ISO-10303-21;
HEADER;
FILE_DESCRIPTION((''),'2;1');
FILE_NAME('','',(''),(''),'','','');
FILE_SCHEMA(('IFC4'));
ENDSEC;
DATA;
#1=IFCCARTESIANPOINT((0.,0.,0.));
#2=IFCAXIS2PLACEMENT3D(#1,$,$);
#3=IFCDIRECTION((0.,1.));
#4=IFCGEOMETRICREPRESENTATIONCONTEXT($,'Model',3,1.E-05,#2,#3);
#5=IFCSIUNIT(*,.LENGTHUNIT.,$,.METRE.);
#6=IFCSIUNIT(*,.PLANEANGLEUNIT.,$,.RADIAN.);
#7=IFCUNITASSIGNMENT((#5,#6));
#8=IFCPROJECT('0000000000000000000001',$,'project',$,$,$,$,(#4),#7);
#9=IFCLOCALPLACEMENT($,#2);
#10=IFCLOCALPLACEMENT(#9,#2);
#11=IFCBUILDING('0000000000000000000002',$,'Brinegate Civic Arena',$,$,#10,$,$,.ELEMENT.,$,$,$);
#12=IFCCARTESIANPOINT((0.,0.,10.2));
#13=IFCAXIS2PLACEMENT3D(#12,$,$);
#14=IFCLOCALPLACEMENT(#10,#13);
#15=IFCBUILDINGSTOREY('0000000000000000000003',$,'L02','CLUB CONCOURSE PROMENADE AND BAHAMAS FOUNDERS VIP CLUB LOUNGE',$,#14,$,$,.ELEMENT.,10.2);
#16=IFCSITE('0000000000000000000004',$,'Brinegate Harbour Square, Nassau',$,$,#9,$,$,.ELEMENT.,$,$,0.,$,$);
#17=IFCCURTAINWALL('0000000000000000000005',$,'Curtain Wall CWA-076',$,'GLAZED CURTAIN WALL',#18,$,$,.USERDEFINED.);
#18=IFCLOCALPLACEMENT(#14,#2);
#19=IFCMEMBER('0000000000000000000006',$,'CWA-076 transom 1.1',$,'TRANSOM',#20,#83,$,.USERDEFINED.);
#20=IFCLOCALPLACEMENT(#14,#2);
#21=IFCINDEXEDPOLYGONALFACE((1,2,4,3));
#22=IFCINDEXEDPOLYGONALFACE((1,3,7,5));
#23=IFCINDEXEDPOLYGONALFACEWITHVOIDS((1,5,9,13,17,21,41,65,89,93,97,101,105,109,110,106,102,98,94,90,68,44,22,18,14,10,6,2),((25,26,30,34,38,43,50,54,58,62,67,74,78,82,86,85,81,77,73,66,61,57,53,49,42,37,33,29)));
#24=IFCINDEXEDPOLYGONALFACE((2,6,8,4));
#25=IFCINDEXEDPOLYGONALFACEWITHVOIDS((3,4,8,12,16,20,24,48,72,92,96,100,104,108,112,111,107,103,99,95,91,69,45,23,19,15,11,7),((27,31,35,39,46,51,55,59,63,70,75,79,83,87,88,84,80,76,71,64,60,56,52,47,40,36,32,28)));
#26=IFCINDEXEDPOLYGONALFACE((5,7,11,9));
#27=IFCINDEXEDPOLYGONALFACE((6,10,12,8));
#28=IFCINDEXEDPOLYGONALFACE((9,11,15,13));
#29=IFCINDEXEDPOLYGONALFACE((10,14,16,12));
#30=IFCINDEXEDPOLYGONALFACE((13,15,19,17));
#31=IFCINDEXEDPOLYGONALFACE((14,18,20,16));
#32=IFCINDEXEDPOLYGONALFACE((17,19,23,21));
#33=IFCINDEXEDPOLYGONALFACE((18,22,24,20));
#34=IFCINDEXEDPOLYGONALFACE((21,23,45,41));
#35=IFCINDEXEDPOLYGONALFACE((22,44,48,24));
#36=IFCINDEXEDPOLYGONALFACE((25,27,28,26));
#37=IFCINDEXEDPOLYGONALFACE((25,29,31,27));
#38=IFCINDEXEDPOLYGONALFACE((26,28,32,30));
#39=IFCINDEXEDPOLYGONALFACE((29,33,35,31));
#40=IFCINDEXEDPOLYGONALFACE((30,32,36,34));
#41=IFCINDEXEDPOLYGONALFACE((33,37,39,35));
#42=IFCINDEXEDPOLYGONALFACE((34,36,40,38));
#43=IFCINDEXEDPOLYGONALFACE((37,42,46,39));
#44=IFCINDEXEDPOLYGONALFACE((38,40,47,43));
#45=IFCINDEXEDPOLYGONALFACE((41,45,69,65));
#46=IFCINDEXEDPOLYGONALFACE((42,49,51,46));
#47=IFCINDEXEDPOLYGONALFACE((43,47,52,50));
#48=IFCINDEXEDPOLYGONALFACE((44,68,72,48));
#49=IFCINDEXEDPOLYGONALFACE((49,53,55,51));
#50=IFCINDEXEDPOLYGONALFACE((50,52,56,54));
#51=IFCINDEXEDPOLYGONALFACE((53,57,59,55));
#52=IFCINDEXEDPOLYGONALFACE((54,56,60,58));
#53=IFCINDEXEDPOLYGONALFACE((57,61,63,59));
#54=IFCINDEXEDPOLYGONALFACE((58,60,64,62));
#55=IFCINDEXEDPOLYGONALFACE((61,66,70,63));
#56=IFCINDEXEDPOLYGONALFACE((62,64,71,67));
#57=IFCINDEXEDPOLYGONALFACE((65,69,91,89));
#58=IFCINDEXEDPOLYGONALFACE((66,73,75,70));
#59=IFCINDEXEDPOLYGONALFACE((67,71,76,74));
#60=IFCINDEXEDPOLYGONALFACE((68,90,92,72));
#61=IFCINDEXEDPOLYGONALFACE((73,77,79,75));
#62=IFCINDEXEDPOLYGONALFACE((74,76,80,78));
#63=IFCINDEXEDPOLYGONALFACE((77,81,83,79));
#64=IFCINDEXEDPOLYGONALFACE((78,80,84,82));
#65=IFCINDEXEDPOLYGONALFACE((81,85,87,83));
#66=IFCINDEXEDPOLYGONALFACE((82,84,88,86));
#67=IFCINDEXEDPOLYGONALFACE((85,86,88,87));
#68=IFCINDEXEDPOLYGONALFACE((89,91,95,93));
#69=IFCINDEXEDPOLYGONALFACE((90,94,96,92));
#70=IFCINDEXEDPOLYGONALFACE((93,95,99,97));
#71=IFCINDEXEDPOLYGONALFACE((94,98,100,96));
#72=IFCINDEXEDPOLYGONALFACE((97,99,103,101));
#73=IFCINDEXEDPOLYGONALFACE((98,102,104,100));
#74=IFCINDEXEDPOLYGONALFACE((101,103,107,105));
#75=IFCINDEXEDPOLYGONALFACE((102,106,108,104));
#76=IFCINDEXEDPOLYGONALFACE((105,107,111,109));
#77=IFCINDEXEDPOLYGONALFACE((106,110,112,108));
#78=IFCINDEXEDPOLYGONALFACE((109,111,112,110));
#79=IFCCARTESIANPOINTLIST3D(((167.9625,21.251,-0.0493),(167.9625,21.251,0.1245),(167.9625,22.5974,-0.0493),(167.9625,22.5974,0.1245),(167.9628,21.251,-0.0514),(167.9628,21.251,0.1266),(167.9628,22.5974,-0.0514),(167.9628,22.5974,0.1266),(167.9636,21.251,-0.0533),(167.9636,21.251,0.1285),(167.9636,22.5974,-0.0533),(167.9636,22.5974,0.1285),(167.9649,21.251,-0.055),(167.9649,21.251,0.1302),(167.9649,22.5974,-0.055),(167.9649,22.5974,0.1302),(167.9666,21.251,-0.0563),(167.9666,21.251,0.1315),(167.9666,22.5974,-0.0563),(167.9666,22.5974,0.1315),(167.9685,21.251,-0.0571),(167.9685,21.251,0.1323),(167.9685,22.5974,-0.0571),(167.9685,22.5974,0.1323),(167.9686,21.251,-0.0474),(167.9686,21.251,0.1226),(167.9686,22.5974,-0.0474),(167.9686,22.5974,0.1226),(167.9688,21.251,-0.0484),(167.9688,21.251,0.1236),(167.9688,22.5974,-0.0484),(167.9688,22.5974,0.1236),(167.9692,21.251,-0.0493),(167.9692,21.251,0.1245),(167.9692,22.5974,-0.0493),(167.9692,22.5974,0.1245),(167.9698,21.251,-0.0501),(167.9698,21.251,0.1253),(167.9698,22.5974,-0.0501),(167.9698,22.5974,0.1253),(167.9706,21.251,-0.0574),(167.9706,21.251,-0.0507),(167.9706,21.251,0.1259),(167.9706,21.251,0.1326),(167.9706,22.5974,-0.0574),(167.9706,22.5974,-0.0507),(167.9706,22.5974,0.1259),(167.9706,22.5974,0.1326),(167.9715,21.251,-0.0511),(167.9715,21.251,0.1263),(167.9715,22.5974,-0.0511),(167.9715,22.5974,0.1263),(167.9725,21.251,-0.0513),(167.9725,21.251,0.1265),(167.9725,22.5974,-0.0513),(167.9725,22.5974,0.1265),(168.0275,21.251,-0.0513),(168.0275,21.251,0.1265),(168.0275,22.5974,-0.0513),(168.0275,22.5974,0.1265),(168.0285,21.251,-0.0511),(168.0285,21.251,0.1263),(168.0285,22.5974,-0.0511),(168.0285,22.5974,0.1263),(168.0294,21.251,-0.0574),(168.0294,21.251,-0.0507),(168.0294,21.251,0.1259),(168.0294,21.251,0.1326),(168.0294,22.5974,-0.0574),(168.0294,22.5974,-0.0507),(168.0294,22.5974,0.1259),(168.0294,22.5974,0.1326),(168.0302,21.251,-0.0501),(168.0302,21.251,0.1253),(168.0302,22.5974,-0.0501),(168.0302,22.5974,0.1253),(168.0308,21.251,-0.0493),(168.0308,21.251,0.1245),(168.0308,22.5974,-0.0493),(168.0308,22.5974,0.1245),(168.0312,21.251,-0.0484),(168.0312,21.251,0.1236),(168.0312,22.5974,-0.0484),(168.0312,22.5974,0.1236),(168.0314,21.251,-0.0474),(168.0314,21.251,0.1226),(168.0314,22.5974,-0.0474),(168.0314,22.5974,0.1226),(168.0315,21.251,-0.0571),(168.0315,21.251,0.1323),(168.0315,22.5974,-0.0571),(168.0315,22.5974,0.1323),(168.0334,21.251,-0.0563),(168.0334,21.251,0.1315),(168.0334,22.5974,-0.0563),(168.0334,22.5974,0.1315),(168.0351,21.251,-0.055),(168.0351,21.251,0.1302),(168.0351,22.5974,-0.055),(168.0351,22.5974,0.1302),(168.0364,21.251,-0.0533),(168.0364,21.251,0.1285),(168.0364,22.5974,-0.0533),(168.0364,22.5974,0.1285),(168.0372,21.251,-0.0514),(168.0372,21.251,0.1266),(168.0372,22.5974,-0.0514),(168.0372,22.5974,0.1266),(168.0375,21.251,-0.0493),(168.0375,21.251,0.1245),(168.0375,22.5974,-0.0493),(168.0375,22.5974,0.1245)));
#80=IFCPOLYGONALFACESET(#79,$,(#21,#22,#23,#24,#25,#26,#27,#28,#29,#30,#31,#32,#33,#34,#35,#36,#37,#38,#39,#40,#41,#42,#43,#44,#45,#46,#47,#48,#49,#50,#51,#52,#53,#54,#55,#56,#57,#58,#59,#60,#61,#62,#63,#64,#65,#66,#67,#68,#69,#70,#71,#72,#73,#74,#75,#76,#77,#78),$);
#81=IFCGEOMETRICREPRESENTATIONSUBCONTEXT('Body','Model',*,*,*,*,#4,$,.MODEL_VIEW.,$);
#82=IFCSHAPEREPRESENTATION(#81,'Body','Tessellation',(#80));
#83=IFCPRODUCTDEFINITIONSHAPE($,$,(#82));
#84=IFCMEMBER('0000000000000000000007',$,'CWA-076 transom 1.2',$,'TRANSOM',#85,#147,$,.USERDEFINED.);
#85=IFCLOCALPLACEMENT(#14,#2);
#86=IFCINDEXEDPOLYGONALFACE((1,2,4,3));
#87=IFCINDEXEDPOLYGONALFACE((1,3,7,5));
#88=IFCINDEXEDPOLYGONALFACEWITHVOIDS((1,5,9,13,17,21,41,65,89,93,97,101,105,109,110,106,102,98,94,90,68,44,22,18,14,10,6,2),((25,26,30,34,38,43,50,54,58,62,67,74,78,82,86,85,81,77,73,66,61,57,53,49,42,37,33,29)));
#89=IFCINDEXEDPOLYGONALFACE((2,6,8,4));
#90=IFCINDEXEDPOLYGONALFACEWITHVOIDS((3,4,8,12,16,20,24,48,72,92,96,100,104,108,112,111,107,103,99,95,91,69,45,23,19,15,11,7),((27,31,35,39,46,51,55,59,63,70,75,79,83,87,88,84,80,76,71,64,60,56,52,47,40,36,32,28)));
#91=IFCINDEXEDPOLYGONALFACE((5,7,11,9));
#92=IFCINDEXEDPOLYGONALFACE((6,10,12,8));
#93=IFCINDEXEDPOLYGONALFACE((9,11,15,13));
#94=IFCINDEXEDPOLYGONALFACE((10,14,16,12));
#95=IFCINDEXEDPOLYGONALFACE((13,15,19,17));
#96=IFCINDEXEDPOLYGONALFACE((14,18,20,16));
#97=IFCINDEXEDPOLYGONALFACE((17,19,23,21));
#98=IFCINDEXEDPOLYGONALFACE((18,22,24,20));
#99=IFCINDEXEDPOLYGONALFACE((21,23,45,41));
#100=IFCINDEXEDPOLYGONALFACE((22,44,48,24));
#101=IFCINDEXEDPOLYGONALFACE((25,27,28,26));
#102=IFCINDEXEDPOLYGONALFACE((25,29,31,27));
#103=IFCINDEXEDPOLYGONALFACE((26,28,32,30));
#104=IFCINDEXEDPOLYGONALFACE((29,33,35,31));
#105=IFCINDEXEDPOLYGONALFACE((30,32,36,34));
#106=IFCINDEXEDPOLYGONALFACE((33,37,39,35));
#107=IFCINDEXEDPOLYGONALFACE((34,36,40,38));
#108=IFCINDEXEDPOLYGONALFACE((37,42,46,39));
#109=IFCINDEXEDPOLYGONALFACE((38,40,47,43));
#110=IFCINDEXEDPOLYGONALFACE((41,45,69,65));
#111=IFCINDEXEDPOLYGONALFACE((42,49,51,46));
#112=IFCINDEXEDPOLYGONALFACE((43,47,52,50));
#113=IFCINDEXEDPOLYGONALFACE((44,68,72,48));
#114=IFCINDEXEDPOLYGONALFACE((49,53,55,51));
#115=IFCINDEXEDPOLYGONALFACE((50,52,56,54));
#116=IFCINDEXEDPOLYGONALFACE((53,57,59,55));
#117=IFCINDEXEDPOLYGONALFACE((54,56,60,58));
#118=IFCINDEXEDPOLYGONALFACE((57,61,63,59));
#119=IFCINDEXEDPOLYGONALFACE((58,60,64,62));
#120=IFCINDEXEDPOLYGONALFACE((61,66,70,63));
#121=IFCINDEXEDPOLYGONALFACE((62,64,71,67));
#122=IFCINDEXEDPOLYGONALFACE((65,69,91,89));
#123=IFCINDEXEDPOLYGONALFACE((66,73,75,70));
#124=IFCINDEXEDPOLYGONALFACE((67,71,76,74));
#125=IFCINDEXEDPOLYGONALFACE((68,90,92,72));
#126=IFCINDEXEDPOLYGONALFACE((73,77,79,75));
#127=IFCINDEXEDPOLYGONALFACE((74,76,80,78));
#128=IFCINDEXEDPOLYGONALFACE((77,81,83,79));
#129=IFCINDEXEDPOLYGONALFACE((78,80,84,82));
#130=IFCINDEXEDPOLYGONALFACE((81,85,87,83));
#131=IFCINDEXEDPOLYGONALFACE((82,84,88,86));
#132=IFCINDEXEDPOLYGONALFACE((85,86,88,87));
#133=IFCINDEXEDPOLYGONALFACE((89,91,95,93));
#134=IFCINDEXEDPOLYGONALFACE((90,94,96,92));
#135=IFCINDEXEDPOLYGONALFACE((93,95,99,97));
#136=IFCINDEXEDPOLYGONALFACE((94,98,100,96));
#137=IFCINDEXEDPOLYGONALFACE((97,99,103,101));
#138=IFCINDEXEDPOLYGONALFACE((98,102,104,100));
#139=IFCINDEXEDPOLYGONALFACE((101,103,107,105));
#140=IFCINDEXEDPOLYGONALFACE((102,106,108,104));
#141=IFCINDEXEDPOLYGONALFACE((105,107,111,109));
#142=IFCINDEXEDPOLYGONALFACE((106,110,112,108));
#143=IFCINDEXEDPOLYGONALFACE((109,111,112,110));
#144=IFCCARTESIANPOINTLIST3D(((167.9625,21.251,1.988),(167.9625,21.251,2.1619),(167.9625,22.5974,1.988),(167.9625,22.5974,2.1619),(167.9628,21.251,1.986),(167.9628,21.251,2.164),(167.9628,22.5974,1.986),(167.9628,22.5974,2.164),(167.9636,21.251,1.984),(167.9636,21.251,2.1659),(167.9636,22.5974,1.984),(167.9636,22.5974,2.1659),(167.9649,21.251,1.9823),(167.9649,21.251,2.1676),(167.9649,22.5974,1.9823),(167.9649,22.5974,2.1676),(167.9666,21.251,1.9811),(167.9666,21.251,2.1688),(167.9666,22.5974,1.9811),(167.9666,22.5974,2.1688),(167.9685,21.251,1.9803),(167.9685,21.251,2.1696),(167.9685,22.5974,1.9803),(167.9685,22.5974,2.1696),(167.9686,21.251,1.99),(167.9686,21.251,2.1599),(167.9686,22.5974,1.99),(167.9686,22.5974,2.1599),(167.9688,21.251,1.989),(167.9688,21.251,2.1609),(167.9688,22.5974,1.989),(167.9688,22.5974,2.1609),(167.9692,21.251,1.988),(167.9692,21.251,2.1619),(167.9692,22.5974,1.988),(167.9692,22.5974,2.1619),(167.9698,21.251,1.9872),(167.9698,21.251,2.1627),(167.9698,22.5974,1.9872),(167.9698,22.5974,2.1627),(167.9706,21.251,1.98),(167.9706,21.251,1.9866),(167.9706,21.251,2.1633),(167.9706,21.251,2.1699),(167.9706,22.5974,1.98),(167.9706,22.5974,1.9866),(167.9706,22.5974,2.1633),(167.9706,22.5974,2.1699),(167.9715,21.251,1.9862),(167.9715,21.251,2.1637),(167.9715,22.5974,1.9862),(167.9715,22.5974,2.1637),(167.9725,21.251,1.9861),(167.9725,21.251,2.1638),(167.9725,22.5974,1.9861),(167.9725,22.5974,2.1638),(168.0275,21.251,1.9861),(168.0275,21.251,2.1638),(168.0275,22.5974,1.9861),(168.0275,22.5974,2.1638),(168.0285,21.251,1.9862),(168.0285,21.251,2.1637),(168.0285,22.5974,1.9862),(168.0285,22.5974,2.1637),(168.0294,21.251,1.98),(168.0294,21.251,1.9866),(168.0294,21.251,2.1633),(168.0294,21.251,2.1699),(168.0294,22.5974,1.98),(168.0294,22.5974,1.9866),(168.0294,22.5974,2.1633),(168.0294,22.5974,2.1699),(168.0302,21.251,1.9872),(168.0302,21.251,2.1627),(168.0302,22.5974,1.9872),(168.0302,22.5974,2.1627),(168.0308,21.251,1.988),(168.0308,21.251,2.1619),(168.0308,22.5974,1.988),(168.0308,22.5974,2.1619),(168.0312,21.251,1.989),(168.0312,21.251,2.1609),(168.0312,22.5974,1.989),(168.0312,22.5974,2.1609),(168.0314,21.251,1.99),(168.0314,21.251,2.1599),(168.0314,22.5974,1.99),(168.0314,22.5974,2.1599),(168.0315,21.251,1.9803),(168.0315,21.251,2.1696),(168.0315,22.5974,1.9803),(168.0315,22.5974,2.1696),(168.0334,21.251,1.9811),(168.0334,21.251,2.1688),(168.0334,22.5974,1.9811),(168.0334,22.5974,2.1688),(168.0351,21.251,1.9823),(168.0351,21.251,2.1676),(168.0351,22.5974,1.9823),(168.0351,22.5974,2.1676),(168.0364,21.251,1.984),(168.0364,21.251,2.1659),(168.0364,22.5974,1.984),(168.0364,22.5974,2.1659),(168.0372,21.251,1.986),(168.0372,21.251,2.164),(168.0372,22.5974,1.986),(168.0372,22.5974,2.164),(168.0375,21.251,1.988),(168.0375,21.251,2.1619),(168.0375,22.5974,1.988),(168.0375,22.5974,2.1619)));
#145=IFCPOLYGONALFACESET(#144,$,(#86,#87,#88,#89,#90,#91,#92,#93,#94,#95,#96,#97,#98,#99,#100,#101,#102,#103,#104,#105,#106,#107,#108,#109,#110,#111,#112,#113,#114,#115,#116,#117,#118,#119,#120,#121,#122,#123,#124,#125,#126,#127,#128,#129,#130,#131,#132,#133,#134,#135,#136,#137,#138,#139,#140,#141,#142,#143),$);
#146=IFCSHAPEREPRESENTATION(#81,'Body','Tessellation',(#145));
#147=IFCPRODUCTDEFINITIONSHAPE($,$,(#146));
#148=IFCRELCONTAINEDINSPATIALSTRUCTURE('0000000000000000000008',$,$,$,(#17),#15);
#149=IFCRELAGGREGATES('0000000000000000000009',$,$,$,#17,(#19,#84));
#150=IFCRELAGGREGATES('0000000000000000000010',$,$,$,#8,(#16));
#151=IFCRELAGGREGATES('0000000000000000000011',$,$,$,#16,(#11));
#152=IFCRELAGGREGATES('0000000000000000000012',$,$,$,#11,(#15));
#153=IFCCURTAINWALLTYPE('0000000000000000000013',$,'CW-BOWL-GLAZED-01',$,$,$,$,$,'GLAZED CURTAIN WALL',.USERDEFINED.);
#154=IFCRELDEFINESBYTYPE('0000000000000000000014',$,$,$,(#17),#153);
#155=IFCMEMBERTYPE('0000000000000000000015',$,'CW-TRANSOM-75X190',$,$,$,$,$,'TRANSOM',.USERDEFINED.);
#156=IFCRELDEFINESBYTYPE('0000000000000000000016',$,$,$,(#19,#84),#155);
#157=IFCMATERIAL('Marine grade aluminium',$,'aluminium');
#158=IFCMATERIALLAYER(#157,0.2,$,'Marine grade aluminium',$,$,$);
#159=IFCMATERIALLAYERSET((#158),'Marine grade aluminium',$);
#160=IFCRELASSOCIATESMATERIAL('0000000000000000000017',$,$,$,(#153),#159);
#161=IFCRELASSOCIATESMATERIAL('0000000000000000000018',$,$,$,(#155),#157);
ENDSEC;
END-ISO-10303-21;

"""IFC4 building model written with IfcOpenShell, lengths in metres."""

from ifc_helpers import new_model, si_unit, direction, frame, origin, origin_2d, place, context, subcontext, project, spatial, hollow_rectangle, extrude, material, layer, layer_set, material_profile, profile_set, type_object, element, aggregate, save


model = new_model("IFC4")

# Units and contexts
model_context = context("Model", 3, precision=1e-05, world=origin(), true_north=direction((0.0, 1.0)))
body_context = subcontext(model_context, "Body", "Model", "MODEL_VIEW")
ifc_project = project(units=[si_unit("LENGTHUNIT", "METRE"), si_unit("PLANEANGLEUNIT", "RADIAN")], contexts=[model_context])

# Site, building, storey
site_placement = place(None, origin())
site = spatial("IfcSite", under=ifc_project, at=site_placement, Name="Brinegate Harbour Square, Nassau", CompositionType="ELEMENT", RefElevation=0.0)
building_placement = place(site_placement, origin())
building = spatial("IfcBuilding", under=site, at=building_placement, Name="Brinegate Civic Arena", CompositionType="ELEMENT")
storey_placement = place(building_placement, frame((0.0, 0.0, 10.2)))
storey = spatial("IfcBuildingStorey", under=building, at=storey_placement, Name="L02", Description="CLUB CONCOURSE PROMENADE AND BAHAMAS FOUNDERS VIP CLUB LOUNGE", CompositionType="ELEMENT", Elevation=10.2)

# Curtain wall, members
ifc_material_1 = material(Name="Marine grade aluminium", Category="aluminium")
ifc_layer_1 = layer(ifc_material_1, 0.2, Name="Marine grade aluminium")
ifc_layer_set_1 = layer_set([ifc_layer_1], Name="Marine grade aluminium")
curtain_wall_type = type_object("IfcCurtainWallType", Name="CW-BOWL-GLAZED-01", ElementType="GLAZED CURTAIN WALL", PredefinedType="USERDEFINED", material=ifc_layer_set_1)
curtain_wall_placement = place(storey_placement, origin())
curtain_wall = element("IfcCurtainWall", 1, at=curtain_wall_placement, inside=storey, type_object=curtain_wall_type, Name="Curtain Wall CWA-076", ObjectType="GLAZED CURTAIN WALL", PredefinedType="USERDEFINED")
ifc_material_profile_1 = material_profile(ifc_material_1, hollow_rectangle(XDim=0.075, YDim=0.1899, WallThickness=0.0061, InnerFilletRadius=0.0039, OuterFilletRadius=0.0081, at=origin_2d()), Name="TRN75X190")
ifc_profile_set_1 = profile_set([ifc_material_profile_1], Name="Marine grade aluminium")
member_type_1 = type_object("IfcMemberType", Name="CW-TRANSOM-75X190", ElementType="TRANSOM", PredefinedType="USERDEFINED", material=ifc_profile_set_1)
member_1_placement = place(storey_placement, frame((168.0, 21.251, 0.0376), z_axis=(0.0, 1.0, 0.0), x_axis=(-1.0, 0.0, 0.0)))
member_1 = element("IfcMember", 2, at=member_1_placement, type_object=member_type_1, Name="CWA-076 transom 1.1", ObjectType="TRANSOM", PredefinedType="USERDEFINED", context=body_context, shape_type="SweptSolid", body=[
    extrude(hollow_rectangle(XDim=0.075, YDim=0.1899, WallThickness=0.0061, InnerFilletRadius=0.0039, OuterFilletRadius=0.0081, at=origin_2d()), origin(), (0.0, 0.0, 1.0), 1.3464),
])
member_2_placement = place(storey_placement, frame((168.0, 21.251, 2.075), z_axis=(0.0, 1.0, 0.0), x_axis=(-1.0, 0.0, 0.0)))
member_2 = element("IfcMember", 3, at=member_2_placement, type_object=member_type_1, Name="CWA-076 transom 1.2", ObjectType="TRANSOM", PredefinedType="USERDEFINED", context=body_context, shape_type="SweptSolid", body=[
    extrude(hollow_rectangle(XDim=0.075, YDim=0.1899, WallThickness=0.0061, InnerFilletRadius=0.0039, OuterFilletRadius=0.0081, at=origin_2d()), origin(), (0.0, 0.0, 1.0), 1.3464),
])

aggregate(curtain_wall, [member_1, member_2])

save(model, "model.ifc")
